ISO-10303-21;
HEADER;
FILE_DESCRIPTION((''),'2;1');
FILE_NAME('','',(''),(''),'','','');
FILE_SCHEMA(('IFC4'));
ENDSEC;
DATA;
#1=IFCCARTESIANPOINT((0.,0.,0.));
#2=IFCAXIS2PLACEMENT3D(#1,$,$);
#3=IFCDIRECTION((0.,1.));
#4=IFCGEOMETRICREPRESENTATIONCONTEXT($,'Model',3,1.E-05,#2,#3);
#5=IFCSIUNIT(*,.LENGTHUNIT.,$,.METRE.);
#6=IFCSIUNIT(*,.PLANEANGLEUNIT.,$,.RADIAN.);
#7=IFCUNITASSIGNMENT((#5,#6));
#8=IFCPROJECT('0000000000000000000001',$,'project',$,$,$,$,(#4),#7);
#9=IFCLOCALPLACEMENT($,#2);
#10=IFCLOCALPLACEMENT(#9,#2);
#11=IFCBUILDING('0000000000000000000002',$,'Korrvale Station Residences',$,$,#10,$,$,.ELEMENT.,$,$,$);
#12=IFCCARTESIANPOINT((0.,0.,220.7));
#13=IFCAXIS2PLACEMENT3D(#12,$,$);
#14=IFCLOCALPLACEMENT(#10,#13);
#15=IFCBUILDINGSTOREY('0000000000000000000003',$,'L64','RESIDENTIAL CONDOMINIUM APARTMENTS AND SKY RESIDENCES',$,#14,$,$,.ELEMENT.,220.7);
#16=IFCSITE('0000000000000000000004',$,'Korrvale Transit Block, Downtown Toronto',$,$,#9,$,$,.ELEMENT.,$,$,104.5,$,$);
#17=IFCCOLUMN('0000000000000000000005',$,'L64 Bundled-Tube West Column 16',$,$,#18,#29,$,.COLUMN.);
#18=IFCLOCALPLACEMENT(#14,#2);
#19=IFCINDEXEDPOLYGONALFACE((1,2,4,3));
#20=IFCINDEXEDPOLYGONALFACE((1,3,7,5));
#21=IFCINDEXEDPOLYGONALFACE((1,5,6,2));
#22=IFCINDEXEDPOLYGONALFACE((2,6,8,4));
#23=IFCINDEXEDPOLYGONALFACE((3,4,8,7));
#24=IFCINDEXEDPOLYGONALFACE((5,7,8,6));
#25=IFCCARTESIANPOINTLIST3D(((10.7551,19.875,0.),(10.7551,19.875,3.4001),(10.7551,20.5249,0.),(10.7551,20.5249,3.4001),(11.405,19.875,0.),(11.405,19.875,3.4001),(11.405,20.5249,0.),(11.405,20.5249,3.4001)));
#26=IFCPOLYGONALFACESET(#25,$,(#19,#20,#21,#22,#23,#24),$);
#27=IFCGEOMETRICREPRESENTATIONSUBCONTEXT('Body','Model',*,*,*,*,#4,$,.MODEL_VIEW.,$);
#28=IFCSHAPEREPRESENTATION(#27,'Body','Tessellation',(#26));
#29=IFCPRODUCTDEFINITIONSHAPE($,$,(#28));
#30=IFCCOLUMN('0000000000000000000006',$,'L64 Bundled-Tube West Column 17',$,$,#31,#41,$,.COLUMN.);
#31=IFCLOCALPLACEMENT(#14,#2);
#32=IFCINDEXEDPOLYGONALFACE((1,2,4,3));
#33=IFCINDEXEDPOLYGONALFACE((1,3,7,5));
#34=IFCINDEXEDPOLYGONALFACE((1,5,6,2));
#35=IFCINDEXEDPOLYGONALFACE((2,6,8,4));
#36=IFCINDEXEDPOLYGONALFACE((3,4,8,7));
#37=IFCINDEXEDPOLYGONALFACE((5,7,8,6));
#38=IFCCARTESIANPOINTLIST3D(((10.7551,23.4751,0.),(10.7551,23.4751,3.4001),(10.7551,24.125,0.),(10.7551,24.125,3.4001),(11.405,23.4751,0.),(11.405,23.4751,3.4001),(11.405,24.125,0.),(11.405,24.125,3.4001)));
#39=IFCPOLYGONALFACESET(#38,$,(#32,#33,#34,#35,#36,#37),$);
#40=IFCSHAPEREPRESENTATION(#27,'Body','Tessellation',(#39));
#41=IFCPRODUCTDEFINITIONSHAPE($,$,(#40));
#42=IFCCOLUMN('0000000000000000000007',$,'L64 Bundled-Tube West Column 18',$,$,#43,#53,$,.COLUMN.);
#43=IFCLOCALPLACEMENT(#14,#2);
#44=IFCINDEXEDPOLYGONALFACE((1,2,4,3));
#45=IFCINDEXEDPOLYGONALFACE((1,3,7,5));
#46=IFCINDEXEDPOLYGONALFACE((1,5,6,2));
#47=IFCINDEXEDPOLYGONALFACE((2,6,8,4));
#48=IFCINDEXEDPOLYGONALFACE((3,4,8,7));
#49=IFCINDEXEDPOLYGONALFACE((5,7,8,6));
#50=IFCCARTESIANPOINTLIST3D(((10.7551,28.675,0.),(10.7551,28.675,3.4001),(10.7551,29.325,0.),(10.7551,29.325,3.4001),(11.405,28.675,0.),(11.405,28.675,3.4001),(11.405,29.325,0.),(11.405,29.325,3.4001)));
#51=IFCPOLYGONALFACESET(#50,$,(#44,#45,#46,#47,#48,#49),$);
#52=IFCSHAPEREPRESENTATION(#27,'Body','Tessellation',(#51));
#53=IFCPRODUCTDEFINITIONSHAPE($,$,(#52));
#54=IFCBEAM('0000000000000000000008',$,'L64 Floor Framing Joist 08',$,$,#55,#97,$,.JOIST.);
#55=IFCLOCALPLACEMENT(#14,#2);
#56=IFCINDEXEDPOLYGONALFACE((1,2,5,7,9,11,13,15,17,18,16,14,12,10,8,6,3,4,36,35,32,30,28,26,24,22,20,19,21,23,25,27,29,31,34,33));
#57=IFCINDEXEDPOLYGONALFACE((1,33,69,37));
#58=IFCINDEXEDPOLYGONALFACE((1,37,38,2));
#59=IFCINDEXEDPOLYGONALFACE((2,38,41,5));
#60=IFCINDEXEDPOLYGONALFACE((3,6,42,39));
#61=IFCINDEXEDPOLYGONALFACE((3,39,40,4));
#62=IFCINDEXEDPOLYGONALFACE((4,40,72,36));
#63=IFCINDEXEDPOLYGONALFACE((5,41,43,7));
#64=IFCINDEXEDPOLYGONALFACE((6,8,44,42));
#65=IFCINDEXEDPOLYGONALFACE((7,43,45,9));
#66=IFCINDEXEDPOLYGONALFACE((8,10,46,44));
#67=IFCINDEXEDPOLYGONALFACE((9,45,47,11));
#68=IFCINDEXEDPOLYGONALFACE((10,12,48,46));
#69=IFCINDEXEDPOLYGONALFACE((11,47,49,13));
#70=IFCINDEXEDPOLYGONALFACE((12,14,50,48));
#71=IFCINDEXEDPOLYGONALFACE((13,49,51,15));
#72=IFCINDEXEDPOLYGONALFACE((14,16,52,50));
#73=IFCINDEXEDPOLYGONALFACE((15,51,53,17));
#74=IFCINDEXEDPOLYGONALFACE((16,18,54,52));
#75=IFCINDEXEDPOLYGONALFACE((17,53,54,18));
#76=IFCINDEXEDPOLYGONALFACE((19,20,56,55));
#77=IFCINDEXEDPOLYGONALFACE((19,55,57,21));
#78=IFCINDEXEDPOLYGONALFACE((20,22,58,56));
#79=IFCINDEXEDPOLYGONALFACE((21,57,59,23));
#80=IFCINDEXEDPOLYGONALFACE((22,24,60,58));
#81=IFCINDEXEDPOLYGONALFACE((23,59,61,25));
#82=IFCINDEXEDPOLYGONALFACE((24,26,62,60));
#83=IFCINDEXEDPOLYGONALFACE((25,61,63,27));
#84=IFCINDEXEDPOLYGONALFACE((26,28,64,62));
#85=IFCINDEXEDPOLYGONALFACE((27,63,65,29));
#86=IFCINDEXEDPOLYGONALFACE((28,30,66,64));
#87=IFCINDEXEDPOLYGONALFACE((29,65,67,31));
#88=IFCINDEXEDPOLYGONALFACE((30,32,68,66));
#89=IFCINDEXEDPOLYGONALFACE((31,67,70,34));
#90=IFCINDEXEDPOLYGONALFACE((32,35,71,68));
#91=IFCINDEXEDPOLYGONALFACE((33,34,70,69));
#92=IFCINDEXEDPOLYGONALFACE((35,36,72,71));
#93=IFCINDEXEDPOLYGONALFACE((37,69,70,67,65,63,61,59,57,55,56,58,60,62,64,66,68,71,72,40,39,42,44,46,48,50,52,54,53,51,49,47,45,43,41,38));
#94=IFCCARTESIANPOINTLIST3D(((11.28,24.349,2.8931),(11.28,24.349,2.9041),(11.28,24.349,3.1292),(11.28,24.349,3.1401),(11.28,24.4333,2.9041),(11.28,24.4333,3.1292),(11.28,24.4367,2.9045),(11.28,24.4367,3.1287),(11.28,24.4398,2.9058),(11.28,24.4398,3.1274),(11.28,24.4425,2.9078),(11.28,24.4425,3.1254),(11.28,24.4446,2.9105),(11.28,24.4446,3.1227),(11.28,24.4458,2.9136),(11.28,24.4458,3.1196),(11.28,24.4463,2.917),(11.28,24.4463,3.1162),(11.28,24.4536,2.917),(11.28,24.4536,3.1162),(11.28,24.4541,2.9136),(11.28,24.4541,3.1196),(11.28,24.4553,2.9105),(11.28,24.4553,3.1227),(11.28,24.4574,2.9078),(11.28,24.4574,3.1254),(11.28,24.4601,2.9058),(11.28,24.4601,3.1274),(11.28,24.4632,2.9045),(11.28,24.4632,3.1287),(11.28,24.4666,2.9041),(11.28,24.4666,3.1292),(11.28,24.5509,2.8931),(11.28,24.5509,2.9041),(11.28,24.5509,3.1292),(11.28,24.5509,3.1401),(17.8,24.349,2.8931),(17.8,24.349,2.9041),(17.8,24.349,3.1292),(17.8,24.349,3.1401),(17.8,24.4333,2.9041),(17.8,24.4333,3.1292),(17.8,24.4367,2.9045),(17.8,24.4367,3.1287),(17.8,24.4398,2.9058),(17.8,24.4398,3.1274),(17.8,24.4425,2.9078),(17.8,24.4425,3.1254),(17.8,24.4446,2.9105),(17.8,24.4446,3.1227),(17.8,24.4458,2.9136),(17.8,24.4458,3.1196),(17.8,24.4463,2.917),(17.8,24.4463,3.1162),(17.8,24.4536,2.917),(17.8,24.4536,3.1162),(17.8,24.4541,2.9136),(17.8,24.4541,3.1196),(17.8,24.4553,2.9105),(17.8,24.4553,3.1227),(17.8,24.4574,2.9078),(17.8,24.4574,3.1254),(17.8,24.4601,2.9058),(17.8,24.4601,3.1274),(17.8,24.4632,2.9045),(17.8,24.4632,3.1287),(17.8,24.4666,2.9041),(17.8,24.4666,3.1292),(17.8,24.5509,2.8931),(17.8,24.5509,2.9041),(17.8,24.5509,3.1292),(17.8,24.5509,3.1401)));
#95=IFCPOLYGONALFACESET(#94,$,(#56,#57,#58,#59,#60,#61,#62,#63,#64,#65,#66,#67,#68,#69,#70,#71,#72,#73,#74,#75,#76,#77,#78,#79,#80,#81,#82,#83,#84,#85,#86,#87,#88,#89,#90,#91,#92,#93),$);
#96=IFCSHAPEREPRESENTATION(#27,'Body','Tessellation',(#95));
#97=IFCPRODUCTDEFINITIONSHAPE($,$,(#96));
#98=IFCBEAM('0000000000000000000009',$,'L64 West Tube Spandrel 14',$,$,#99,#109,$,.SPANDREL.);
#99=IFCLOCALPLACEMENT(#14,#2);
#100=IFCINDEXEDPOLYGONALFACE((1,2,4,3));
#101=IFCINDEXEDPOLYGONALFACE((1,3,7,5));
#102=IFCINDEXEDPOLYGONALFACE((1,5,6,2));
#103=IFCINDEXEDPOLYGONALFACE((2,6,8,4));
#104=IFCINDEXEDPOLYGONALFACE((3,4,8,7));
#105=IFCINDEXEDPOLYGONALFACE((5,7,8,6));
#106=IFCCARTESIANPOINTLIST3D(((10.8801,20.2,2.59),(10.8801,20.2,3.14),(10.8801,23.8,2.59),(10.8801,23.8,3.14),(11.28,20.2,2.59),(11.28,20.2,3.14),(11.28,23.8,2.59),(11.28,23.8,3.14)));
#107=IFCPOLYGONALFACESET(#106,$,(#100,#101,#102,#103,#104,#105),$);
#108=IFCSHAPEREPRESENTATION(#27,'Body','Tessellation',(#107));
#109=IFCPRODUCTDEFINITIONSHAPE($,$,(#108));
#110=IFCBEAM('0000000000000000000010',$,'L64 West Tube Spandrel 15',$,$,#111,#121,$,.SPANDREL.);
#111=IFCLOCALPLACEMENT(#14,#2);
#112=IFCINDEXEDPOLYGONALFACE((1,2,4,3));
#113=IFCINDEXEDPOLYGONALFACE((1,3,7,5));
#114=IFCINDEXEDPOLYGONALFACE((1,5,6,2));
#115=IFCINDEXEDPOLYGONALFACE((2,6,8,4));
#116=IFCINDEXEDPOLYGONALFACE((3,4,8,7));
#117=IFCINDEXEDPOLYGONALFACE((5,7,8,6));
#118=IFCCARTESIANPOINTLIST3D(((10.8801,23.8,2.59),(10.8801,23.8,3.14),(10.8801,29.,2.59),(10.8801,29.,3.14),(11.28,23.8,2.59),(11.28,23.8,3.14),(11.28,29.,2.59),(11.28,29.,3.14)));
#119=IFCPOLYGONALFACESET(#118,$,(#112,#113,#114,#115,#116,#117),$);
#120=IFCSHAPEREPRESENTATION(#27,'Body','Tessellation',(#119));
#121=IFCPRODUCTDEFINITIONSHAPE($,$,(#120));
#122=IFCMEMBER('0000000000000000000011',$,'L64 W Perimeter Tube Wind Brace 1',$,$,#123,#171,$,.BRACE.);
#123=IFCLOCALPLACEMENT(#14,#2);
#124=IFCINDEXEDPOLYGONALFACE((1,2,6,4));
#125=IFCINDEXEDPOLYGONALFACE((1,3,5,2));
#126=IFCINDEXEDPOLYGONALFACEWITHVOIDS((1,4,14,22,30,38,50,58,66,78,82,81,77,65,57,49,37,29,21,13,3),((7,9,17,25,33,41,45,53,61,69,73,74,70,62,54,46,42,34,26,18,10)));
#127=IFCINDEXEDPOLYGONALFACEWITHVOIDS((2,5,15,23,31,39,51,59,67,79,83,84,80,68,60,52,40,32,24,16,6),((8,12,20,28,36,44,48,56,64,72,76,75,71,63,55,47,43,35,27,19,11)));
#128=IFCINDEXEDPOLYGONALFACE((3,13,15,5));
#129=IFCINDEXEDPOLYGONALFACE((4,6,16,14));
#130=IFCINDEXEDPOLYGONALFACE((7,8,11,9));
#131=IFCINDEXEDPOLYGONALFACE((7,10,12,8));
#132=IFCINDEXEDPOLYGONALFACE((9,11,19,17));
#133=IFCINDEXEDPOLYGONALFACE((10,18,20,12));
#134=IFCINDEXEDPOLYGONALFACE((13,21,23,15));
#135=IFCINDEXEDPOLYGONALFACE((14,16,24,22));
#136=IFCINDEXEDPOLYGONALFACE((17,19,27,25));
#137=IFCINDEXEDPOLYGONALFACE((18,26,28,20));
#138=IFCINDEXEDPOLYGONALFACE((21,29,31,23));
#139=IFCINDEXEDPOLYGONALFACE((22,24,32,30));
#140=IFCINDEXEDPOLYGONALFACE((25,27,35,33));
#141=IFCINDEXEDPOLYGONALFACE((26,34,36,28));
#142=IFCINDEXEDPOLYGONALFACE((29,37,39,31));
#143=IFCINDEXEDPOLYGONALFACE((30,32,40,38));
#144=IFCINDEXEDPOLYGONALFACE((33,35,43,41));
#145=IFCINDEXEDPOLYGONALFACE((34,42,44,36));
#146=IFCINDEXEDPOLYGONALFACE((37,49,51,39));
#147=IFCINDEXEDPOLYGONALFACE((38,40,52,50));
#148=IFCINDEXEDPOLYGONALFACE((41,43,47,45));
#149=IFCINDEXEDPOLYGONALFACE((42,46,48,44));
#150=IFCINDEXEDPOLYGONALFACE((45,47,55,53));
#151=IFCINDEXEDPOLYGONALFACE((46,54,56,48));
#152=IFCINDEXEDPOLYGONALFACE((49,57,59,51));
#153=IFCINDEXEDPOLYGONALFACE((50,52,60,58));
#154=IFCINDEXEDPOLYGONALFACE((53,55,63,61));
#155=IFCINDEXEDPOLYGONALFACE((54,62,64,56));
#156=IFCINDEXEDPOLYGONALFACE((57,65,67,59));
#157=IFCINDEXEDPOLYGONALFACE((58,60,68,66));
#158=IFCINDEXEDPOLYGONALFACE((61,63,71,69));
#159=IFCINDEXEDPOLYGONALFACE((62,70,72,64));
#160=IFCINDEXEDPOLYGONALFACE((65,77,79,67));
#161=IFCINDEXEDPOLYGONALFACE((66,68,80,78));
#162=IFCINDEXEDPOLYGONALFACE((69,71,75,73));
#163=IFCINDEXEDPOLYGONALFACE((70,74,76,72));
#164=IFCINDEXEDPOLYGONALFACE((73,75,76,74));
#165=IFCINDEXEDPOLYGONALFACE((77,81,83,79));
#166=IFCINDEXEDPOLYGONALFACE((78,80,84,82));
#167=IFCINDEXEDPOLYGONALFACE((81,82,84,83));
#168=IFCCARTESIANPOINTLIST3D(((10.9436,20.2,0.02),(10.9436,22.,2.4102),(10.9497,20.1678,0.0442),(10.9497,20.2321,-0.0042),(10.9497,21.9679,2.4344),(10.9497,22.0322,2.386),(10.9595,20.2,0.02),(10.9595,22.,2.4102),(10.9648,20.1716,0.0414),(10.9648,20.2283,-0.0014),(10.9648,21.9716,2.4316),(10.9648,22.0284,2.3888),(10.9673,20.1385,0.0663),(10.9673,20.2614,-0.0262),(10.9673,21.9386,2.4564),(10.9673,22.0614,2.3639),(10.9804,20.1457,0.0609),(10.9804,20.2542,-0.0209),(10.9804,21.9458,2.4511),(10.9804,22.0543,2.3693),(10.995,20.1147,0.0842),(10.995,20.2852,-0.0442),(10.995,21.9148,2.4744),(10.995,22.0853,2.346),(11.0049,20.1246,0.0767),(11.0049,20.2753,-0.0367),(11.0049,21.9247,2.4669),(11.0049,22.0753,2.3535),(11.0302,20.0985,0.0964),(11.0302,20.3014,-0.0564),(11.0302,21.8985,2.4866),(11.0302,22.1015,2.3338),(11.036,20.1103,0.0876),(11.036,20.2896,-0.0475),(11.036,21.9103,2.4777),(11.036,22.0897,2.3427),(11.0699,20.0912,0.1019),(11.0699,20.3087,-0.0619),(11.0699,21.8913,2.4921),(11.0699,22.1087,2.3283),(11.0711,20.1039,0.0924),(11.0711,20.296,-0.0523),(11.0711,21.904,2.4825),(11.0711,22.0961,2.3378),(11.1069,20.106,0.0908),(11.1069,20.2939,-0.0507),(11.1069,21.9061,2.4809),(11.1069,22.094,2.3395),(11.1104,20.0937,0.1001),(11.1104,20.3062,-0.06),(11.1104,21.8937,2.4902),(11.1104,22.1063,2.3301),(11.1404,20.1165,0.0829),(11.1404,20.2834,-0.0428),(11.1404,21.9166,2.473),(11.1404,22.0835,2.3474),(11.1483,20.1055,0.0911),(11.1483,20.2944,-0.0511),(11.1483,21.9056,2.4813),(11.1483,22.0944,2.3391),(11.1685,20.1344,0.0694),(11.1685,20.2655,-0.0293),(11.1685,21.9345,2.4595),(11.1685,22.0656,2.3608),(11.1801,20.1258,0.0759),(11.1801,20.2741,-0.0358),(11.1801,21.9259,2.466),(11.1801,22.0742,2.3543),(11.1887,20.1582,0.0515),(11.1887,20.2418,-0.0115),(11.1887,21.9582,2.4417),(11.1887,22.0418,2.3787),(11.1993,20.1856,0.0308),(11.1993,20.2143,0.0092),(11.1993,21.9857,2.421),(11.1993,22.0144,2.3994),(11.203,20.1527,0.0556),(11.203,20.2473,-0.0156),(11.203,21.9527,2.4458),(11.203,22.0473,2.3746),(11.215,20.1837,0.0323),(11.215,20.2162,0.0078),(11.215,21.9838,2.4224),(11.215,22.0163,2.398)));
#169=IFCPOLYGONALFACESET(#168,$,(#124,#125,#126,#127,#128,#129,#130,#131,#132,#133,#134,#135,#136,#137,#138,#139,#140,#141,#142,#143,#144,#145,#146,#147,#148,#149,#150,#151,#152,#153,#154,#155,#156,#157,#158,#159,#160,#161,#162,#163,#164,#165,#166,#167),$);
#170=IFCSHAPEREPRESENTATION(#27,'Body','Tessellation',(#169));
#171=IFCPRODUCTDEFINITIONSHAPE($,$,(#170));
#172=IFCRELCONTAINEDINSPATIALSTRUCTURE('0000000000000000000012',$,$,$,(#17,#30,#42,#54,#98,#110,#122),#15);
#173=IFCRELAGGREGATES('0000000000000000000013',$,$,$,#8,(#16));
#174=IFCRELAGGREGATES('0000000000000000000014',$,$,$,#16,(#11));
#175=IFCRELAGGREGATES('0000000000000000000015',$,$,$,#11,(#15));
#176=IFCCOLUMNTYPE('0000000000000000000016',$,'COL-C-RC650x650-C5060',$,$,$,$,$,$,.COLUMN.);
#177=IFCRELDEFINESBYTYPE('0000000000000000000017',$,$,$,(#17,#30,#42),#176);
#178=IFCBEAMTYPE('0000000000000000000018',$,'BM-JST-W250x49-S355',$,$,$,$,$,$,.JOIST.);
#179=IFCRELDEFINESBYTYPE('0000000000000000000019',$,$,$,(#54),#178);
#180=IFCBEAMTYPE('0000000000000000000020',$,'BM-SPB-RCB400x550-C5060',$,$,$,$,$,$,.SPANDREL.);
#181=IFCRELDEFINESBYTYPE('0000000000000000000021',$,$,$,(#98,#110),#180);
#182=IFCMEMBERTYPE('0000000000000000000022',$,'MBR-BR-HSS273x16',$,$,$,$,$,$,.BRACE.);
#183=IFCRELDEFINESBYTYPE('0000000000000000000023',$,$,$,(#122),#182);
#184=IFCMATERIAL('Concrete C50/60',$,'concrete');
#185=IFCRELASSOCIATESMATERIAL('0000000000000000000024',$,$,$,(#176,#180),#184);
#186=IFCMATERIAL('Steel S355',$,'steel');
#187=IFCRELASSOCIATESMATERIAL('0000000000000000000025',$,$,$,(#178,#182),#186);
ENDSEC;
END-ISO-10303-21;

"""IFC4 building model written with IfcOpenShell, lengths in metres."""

from ifc_helpers import new_model, si_unit, direction, frame, origin, origin_2d, place, context, subcontext, project, spatial, rectangle, hollow_circle, i_section, extrude, material, material_profile, profile_set, type_object, element, save


model = new_model("IFC4")

# Units and contexts
model_context = context("Model", 3, precision=1e-05, world=origin(), true_north=direction((0.0, 1.0)))
body_context = subcontext(model_context, "Body", "Model", "MODEL_VIEW")
ifc_project = project(units=[si_unit("LENGTHUNIT", "METRE"), si_unit("PLANEANGLEUNIT", "RADIAN")], contexts=[model_context])

# Site, building, storey
site_placement = place(None, origin())
site = spatial("IfcSite", under=ifc_project, at=site_placement, Name="Korrvale Transit Block, Downtown Toronto", CompositionType="ELEMENT", RefElevation=104.5)
building_placement = place(site_placement, origin())
building = spatial("IfcBuilding", under=site, at=building_placement, Name="Korrvale Station Residences", CompositionType="ELEMENT")
storey_placement = place(building_placement, frame((0.0, 0.0, 220.7)))
storey = spatial("IfcBuildingStorey", under=building, at=storey_placement, Name="L64", Description="RESIDENTIAL CONDOMINIUM APARTMENTS AND SKY RESIDENCES", CompositionType="ELEMENT", Elevation=220.7)

# Columns
ifc_material_1 = material(Name="Concrete C50/60", Category="concrete")
ifc_material_profile_1 = material_profile(ifc_material_1, rectangle(XDim=0.6499, YDim=0.6499, at=origin_2d()), Name="RC650x650")
ifc_profile_set_1 = profile_set([ifc_material_profile_1], Name="Concrete C50/60")
column_type = type_object("IfcColumnType", Name="COL-C-RC650x650-C5060", PredefinedType="COLUMN", material=ifc_profile_set_1)
for number, where, z_axis, x_axis, name in (
    (1, (11.0801, 20.2, 0.0), (0.0, 0.0, 1.0), (1.0, 0.0, 0.0), "L64 Bundled-Tube West Column 16"),
    (2, (11.0801, 23.8, 0.0), (0.0, 0.0, 1.0), (1.0, 0.0, 0.0), "L64 Bundled-Tube West Column 17"),
    (3, (11.0801, 29.0, 0.0), (0.0, 0.0, 1.0), (1.0, 0.0, 0.0), "L64 Bundled-Tube West Column 18"),
):
    element("IfcColumn", number, at=place(storey_placement, frame(where, z_axis=z_axis, x_axis=x_axis)), inside=storey, type_object=column_type, Name=name, PredefinedType="COLUMN", context=body_context, shape_type="SweptSolid", body=[
        extrude(rectangle(XDim=0.6499, YDim=0.6499, at=origin_2d()), origin(), (0.0, 0.0, 1.0), 3.4001),
    ])

# Beams
ifc_material_2 = material(Name="Steel S355", Category="steel")
ifc_material_profile_2 = material_profile(ifc_material_2, i_section(OverallWidth=0.2019, OverallDepth=0.2471, WebThickness=0.0073, FlangeThickness=0.011, FilletRadius=0.0129, at=origin_2d()), Name="W250x49")
ifc_profile_set_2 = profile_set([ifc_material_profile_2], Name="Steel S355")
beam_type_1 = type_object("IfcBeamType", Name="BM-JST-W250x49-S355", PredefinedType="JOIST", material=ifc_profile_set_2)
beam_1_placement = place(storey_placement, frame((11.28, 24.45, 3.0166), z_axis=(1.0, 0.0, 0.0), x_axis=(0.0, 1.0, 0.0)))
element("IfcBeam", 4, at=beam_1_placement, inside=storey, type_object=beam_type_1, Name="L64 Floor Framing Joist 08", PredefinedType="JOIST", context=body_context, shape_type="SweptSolid", body=[
    extrude(i_section(OverallWidth=0.2019, OverallDepth=0.2471, WebThickness=0.0073, FlangeThickness=0.011, FilletRadius=0.0129, at=origin_2d()), origin(), (0.0, 0.0, 1.0), 6.52),
])
ifc_material_profile_3 = material_profile(ifc_material_1, rectangle(XDim=0.3999, YDim=0.55, at=origin_2d()), Name="RCB400x550")
ifc_profile_set_3 = profile_set([ifc_material_profile_3], Name="Concrete C50/60")
beam_type_2 = type_object("IfcBeamType", Name="BM-SPB-RCB400x550-C5060", PredefinedType="SPANDREL", material=ifc_profile_set_3)
beam_2_placement = place(storey_placement, frame((11.0801, 20.2, 2.865), z_axis=(0.0, 1.0, 0.0), x_axis=(-1.0, 0.0, 0.0)))
element("IfcBeam", 5, at=beam_2_placement, inside=storey, type_object=beam_type_2, Name="L64 West Tube Spandrel 14", PredefinedType="SPANDREL", context=body_context, shape_type="SweptSolid", body=[
    extrude(rectangle(XDim=0.3999, YDim=0.55, at=origin_2d()), origin(), (0.0, 0.0, 1.0), 3.6001),
])
beam_3_placement = place(storey_placement, frame((11.0801, 23.8, 2.865), z_axis=(0.0, 1.0, 0.0), x_axis=(-1.0, 0.0, 0.0)))
element("IfcBeam", 6, at=beam_3_placement, inside=storey, type_object=beam_type_2, Name="L64 West Tube Spandrel 15", PredefinedType="SPANDREL", context=body_context, shape_type="SweptSolid", body=[
    extrude(rectangle(XDim=0.3999, YDim=0.55, at=origin_2d()), origin(), (0.0, 0.0, 1.0), 5.2),
])

# Member
ifc_material_profile_4 = material_profile(ifc_material_2, hollow_circle(Radius=0.1365, WallThickness=0.0159, at=origin_2d()), Name="HSS273x16")
ifc_profile_set_4 = profile_set([ifc_material_profile_4], Name="Steel S355")
member_type = type_object("IfcMemberType", Name="MBR-BR-HSS273x16", PredefinedType="BRACE", material=ifc_profile_set_4)
for number, where, z_axis, x_axis, name in (
    (7, (11.0801, 20.2, 0.02), (0.0, 0.601592, 0.798804), (-1.0, 0.0, 0.0), "L64 W Perimeter Tube Wind Brace 1"),
):
    element("IfcMember", number, at=place(storey_placement, frame(where, z_axis=z_axis, x_axis=x_axis)), inside=storey, type_object=member_type, Name=name, PredefinedType="BRACE", context=body_context, shape_type="SweptSolid", body=[
        extrude(hollow_circle(Radius=0.1365, WallThickness=0.0159, at=origin_2d()), origin(), (0.0, 0.0, 1.0), 2.9922),
    ])

save(model, "model.ifc")
